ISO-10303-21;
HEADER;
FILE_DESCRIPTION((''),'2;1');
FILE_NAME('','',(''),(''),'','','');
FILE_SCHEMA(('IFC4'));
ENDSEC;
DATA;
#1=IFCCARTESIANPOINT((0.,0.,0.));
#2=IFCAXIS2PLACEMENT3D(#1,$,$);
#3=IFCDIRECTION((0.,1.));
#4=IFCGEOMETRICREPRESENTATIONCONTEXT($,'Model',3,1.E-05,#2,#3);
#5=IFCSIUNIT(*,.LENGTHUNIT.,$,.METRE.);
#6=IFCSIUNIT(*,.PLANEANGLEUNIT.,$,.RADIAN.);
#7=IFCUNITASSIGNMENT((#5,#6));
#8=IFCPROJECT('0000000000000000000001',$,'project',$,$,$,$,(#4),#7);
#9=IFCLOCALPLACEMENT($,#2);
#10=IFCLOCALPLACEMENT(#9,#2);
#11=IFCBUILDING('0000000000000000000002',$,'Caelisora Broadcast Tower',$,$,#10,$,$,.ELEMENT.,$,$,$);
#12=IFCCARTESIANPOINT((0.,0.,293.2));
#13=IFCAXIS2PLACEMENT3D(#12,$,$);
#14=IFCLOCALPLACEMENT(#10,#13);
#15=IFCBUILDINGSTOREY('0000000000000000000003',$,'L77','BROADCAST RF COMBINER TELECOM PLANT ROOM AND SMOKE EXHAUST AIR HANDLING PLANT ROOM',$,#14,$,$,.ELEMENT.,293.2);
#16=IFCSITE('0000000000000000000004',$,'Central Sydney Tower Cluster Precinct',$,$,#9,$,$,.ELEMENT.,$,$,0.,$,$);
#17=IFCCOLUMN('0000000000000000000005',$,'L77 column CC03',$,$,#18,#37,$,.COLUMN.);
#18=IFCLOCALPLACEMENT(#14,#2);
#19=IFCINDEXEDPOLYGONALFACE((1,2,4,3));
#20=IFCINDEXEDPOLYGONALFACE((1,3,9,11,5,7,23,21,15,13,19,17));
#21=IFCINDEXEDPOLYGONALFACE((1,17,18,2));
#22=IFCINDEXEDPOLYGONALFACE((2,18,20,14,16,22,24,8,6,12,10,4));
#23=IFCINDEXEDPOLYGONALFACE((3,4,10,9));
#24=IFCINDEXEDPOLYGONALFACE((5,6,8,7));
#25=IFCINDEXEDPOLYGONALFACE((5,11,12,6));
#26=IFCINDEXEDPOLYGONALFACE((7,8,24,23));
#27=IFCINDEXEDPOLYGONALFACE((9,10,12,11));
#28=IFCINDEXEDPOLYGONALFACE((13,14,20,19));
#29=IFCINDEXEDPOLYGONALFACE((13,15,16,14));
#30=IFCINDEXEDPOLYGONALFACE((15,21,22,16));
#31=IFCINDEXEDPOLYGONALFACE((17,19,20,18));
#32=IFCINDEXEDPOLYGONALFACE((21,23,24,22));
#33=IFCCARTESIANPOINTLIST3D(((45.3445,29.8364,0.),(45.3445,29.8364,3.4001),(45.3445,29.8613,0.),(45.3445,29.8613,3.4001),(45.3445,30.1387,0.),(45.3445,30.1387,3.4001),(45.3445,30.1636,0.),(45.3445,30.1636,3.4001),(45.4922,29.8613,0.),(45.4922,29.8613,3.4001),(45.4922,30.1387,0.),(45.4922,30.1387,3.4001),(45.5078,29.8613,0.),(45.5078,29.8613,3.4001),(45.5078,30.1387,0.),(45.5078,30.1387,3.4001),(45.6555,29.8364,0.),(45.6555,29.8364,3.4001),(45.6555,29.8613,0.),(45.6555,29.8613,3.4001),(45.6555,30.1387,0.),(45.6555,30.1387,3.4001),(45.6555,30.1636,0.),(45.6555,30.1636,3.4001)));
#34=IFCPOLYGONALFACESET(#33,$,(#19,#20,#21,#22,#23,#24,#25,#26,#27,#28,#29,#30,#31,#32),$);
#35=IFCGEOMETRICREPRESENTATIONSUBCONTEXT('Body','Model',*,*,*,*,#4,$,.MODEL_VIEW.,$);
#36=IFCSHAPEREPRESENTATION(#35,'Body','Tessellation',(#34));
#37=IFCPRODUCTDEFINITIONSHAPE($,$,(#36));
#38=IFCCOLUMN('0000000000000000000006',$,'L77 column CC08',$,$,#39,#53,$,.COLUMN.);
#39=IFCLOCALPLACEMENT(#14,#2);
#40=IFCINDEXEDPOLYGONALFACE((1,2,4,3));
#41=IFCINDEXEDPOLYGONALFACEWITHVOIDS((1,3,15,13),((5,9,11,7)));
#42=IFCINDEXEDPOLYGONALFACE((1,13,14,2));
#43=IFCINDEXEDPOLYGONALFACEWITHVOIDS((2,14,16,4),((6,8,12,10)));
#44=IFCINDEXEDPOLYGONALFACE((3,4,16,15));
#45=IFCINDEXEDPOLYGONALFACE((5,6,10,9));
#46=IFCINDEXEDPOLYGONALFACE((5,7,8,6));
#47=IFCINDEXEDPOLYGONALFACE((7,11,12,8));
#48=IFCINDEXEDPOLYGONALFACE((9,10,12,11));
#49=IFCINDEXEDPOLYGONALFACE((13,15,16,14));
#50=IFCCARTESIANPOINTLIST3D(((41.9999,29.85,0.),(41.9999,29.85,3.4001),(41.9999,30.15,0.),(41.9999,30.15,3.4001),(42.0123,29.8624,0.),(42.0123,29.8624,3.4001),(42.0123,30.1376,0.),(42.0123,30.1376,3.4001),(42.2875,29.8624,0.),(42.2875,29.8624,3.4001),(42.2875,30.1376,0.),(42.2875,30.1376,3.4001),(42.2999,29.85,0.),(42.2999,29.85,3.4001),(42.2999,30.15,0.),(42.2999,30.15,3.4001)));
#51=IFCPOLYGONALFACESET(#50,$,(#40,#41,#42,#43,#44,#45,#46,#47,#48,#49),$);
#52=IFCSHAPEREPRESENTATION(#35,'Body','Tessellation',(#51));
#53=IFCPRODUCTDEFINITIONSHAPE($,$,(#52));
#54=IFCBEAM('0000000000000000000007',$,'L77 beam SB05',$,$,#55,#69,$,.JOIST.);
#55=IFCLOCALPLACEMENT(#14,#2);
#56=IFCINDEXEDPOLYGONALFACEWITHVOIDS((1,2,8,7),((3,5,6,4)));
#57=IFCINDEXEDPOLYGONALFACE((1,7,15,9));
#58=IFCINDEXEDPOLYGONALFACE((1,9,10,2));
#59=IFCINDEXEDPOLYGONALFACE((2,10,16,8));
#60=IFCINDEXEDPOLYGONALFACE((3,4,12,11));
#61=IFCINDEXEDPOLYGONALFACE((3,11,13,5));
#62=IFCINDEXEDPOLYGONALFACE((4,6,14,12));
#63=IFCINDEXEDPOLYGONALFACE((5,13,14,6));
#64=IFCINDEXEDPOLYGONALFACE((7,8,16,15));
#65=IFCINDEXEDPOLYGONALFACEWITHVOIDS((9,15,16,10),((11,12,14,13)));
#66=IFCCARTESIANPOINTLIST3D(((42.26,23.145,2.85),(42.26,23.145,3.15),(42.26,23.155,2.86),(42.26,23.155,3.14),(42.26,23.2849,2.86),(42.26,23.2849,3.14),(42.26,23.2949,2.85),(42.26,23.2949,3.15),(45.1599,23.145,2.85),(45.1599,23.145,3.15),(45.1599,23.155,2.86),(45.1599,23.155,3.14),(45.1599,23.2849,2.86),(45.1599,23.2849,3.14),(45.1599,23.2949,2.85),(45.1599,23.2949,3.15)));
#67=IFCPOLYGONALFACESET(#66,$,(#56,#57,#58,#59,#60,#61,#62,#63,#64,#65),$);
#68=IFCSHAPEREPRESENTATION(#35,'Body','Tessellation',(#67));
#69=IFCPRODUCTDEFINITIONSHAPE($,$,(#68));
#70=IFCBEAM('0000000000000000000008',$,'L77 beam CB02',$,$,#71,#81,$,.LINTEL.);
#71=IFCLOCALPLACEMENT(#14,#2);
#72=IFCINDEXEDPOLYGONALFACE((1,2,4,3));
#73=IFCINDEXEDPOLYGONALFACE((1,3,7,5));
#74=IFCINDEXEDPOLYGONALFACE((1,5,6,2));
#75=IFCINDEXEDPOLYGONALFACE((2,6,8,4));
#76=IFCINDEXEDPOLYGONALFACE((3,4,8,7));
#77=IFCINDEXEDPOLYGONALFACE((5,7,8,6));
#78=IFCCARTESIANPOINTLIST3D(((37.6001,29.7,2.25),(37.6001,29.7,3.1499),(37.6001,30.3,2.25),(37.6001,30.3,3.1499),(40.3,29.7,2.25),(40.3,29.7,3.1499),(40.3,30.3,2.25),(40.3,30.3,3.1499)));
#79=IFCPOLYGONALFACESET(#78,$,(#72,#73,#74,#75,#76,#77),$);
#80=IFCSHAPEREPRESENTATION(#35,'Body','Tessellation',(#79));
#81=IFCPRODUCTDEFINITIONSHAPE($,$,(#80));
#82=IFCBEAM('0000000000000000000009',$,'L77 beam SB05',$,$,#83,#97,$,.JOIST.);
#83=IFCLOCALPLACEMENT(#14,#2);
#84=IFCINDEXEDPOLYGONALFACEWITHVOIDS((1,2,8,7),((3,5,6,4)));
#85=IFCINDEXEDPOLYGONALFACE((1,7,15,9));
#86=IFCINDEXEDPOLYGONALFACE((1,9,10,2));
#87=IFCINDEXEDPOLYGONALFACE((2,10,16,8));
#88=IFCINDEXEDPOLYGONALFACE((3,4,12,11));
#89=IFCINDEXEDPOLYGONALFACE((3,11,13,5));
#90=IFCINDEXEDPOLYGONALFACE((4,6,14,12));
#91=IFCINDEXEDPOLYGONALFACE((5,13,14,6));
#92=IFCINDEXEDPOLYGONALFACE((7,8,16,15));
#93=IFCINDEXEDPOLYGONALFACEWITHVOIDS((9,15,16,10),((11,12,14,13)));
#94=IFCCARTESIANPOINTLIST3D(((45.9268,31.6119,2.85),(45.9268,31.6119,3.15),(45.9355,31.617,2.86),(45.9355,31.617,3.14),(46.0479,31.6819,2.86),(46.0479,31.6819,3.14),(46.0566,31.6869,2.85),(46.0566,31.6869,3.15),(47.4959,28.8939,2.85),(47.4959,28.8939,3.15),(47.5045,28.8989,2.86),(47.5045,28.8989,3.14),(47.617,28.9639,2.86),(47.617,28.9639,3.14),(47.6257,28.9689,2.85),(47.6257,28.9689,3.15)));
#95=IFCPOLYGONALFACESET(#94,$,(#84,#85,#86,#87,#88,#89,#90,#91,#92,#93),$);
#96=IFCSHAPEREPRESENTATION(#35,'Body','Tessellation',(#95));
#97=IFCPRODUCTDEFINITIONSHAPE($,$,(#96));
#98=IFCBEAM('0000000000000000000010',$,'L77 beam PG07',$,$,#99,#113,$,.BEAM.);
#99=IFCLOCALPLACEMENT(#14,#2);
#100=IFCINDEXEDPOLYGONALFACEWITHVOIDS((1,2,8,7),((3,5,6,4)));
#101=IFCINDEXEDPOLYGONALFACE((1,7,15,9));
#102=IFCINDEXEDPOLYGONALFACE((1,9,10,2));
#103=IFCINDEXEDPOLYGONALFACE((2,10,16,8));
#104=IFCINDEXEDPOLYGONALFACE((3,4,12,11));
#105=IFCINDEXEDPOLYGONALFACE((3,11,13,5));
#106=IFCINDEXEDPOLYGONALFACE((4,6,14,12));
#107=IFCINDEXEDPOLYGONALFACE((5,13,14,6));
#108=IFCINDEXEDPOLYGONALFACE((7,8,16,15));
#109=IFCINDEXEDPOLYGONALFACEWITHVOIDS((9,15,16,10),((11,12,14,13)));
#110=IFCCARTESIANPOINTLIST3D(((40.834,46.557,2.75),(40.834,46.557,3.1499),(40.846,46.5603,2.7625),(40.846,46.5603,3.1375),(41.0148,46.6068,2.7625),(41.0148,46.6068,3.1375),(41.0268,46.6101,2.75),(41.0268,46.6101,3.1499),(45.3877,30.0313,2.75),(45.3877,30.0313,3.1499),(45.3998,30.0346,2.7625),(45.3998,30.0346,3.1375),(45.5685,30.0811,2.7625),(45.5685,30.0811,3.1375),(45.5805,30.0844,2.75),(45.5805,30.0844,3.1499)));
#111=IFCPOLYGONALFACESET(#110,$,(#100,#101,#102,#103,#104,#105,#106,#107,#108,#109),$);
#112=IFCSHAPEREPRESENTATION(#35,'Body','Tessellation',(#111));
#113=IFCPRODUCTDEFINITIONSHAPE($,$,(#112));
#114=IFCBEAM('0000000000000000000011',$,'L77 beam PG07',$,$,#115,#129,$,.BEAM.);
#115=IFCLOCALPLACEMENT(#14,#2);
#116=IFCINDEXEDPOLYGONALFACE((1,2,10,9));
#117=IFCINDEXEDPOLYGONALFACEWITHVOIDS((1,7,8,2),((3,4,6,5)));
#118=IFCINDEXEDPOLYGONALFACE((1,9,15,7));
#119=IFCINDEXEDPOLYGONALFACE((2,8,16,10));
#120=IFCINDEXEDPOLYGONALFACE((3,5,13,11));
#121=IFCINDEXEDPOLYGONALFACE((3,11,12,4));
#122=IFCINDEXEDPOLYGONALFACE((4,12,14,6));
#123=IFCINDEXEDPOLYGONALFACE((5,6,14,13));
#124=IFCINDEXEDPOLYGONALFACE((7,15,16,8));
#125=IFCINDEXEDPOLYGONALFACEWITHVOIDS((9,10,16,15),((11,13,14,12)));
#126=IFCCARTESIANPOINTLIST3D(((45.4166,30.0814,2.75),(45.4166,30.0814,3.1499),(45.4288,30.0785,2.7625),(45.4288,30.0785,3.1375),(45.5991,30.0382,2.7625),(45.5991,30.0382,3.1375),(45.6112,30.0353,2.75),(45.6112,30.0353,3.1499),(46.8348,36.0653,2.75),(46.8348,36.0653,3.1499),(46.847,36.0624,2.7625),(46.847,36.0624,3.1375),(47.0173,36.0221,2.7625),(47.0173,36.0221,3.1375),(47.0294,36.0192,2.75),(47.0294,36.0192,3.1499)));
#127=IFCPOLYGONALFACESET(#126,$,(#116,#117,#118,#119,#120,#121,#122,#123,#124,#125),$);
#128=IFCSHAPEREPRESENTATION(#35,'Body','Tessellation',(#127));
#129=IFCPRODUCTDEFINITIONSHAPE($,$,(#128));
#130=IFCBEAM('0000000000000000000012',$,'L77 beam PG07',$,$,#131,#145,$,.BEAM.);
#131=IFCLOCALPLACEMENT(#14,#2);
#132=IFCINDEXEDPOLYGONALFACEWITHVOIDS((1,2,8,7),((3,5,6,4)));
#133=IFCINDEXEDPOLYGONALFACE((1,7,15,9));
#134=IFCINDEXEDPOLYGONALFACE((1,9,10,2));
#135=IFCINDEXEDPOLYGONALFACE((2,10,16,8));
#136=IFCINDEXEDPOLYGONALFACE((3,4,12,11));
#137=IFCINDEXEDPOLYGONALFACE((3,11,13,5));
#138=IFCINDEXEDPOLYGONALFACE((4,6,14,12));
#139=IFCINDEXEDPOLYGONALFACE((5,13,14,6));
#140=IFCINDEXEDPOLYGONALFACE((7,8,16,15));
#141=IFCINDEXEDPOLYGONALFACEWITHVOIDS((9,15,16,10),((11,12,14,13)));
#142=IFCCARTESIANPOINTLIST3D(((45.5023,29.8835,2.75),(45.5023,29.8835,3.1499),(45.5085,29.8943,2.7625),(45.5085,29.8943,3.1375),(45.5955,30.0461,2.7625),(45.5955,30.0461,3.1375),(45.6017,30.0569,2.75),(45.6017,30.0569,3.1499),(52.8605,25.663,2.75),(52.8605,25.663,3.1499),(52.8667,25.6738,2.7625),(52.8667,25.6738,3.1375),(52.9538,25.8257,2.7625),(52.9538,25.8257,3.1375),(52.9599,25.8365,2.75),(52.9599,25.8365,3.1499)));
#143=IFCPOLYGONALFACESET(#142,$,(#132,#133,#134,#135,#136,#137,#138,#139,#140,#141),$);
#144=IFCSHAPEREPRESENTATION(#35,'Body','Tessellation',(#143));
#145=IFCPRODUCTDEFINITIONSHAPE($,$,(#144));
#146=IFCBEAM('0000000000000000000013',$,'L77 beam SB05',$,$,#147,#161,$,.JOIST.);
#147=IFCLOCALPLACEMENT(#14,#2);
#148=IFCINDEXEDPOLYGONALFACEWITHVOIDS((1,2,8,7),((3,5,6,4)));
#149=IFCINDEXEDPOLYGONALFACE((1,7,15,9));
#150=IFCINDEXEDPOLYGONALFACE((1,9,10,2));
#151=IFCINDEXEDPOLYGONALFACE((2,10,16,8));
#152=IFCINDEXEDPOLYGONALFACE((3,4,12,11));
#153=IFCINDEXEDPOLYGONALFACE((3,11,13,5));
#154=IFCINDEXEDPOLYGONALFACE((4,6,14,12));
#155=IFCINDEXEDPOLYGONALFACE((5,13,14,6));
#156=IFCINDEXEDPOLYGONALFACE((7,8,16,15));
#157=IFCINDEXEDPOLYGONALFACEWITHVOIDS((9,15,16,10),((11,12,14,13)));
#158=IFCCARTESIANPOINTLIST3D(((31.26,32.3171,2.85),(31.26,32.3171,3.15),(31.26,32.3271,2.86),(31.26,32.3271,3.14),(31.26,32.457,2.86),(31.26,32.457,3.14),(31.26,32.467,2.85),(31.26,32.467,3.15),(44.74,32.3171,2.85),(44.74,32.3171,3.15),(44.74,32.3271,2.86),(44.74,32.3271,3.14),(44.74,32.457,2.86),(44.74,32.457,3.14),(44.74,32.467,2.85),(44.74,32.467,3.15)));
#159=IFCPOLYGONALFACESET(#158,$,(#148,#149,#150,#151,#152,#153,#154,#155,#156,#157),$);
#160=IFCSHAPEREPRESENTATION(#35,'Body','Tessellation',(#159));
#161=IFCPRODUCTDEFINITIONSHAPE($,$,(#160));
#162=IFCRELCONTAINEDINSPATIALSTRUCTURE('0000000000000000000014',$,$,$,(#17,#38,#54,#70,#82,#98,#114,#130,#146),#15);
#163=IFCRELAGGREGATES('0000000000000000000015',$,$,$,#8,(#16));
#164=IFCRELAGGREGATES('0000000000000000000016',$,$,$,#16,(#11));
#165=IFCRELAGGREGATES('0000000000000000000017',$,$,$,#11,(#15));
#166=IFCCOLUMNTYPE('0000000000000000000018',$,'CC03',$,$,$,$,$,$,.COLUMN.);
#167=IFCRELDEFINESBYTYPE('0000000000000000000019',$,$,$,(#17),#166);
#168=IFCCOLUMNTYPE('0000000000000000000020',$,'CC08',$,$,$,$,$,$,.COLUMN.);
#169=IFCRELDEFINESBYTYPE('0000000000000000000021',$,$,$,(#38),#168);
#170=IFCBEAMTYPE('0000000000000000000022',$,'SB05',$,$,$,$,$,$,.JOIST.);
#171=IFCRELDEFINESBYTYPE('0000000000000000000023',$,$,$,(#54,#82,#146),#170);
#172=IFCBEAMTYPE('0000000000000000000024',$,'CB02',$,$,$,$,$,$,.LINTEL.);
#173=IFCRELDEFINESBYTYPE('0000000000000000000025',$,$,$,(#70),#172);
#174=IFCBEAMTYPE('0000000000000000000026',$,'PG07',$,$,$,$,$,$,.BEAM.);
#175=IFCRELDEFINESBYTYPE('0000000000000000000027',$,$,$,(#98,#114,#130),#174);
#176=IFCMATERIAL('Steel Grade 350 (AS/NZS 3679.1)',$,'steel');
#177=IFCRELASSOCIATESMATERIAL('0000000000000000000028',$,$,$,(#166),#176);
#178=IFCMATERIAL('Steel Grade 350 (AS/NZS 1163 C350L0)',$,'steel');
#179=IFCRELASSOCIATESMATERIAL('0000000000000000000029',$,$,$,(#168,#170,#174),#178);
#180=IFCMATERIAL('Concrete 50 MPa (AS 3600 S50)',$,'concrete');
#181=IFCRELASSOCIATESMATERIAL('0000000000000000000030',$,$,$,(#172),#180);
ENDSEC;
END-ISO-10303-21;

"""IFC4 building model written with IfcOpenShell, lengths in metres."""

from ifc_helpers import new_model, si_unit, direction, frame, origin, origin_2d, place, context, subcontext, project, spatial, rectangle, hollow_rectangle, i_section, extrude, source, transform, mapped, material, material_profile, profile_set, type_object, type_shapes, element, save


model = new_model("IFC4")

# Units and contexts
model_context = context("Model", 3, precision=1e-05, world=origin(), true_north=direction((0.0, 1.0)))
body_context = subcontext(model_context, "Body", "Model", "MODEL_VIEW")
ifc_project = project(units=[si_unit("LENGTHUNIT", "METRE"), si_unit("PLANEANGLEUNIT", "RADIAN")], contexts=[model_context])

# Site, building, storey
site_placement = place(None, origin())
site = spatial("IfcSite", under=ifc_project, at=site_placement, Name="Central Sydney Tower Cluster Precinct", CompositionType="ELEMENT", RefElevation=0.0)
building_placement = place(site_placement, origin())
building = spatial("IfcBuilding", under=site, at=building_placement, Name="Caelisora Broadcast Tower", CompositionType="ELEMENT")
storey_placement = place(building_placement, frame((0.0, 0.0, 293.2)))
storey = spatial("IfcBuildingStorey", under=building, at=storey_placement, Name="L77", Description="BROADCAST RF COMBINER TELECOM PLANT ROOM AND SMOKE EXHAUST AIR HANDLING PLANT ROOM", CompositionType="ELEMENT", Elevation=293.2)

# Columns
ifc_material_1 = material(Name="Steel Grade 350 (AS/NZS 3679.1)", Category="steel")
ifc_material_profile_1 = material_profile(ifc_material_1, i_section(OverallWidth=0.311, OverallDepth=0.3271, WebThickness=0.0156, FlangeThickness=0.0249, at=origin_2d()), Name="Steel Grade 350 (AS/NZS 3679.1)")
ifc_profile_set_1 = profile_set([ifc_material_profile_1], Name="Steel Grade 350 (AS/NZS 3679.1)")
column_type_1 = type_object("IfcColumnType", Name="CC03", PredefinedType="COLUMN", material=ifc_profile_set_1)
shared_shape_1 = source(origin(), body_context, "Body", "SweptSolid", [
    extrude(i_section(OverallWidth=0.311, OverallDepth=0.3271, WebThickness=0.0156, FlangeThickness=0.0249, at=origin_2d()), origin(), (0.0, 0.0, 1.0), 3.4001),
])
type_shapes(column_type_1, [shared_shape_1])
column_1_placement = place(storey_placement, frame((45.5, 30.0, 0.0), z_axis=(0.0, 0.0, 1.0), x_axis=(1.0, 0.0, 0.0)))
element("IfcColumn", 1, at=column_1_placement, inside=storey, type_object=column_type_1, Name="L77 column CC03", PredefinedType="COLUMN", context=body_context, shape_type="MappedRepresentation", body=[
    mapped(shared_shape_1, transform((0.0, 0.0, 0.0), scale=1.0)),
])
ifc_material_2 = material(Name="Steel Grade 350 (AS/NZS 1163 C350L0)", Category="steel")
ifc_material_profile_2 = material_profile(ifc_material_2, hollow_rectangle(XDim=0.3, YDim=0.3, WallThickness=0.0125, at=origin_2d()), Name="Steel Grade 350 (AS/NZS 1163 C350L0)")
ifc_profile_set_2 = profile_set([ifc_material_profile_2], Name="Steel Grade 350 (AS/NZS 1163 C350L0)")
column_type_2 = type_object("IfcColumnType", Name="CC08", PredefinedType="COLUMN", material=ifc_profile_set_2)
shared_shape_2 = source(origin(), body_context, "Body", "SweptSolid", [
    extrude(hollow_rectangle(XDim=0.3, YDim=0.3, WallThickness=0.0125, at=origin_2d()), origin(), (0.0, 0.0, 1.0), 3.4001),
])
type_shapes(column_type_2, [shared_shape_2])
column_2_placement = place(storey_placement, frame((42.1499, 30.0, 0.0), z_axis=(0.0, 0.0, 1.0), x_axis=(1.0, 0.0, 0.0)))
element("IfcColumn", 2, at=column_2_placement, inside=storey, type_object=column_type_2, Name="L77 column CC08", PredefinedType="COLUMN", context=body_context, shape_type="MappedRepresentation", body=[
    mapped(shared_shape_2, transform((0.0, 0.0, 0.0), scale=1.0)),
])

# Beams
ifc_material_profile_3 = material_profile(ifc_material_2, hollow_rectangle(XDim=0.1499, YDim=0.3, WallThickness=0.01, at=origin_2d()), Name="Steel Grade 350 (AS/NZS 1163 C350L0)")
ifc_profile_set_3 = profile_set([ifc_material_profile_3], Name="Steel Grade 350 (AS/NZS 1163 C350L0)")
beam_type_1 = type_object("IfcBeamType", Name="SB05", PredefinedType="JOIST", material=ifc_profile_set_3)
shared_shape_3 = source(origin(), body_context, "Body", "SweptSolid", [
    extrude(hollow_rectangle(XDim=0.1499, YDim=0.3, WallThickness=0.01, at=origin_2d()), origin(), (0.0, 0.0, 1.0), 2.8999),
])
beam_1_placement = place(storey_placement, frame((42.26, 23.22, 3.0), z_axis=(1.0, 0.0, 0.0), x_axis=(0.0, 1.0, 0.0)))
element("IfcBeam", 3, at=beam_1_placement, inside=storey, type_object=beam_type_1, Name="L77 beam SB05", PredefinedType="JOIST", context=body_context, shape_type="MappedRepresentation", body=[
    mapped(shared_shape_3, transform((0.0, 0.0, 0.0), scale=1.0)),
])
ifc_material_3 = material(Name="Concrete 50 MPa (AS 3600 S50)", Category="concrete")
ifc_material_profile_4 = material_profile(ifc_material_3, rectangle(XDim=0.6001, YDim=0.8999, at=origin_2d()), Name="Concrete 50 MPa (AS 3600 S50)")
ifc_profile_set_4 = profile_set([ifc_material_profile_4], Name="Concrete 50 MPa (AS 3600 S50)")
beam_type_2 = type_object("IfcBeamType", Name="CB02", PredefinedType="LINTEL", material=ifc_profile_set_4)
shared_shape_4 = source(origin(), body_context, "Body", "SweptSolid", [
    extrude(rectangle(XDim=0.6001, YDim=0.8999, at=origin_2d()), origin(), (0.0, 0.0, 1.0), 2.7),
])
type_shapes(beam_type_2, [shared_shape_4])
beam_2_placement = place(storey_placement, frame((37.6001, 30.0, 2.7), z_axis=(1.0, 0.0, 0.0), x_axis=(0.0, 1.0, 0.0)))
element("IfcBeam", 4, at=beam_2_placement, inside=storey, type_object=beam_type_2, Name="L77 beam CB02", PredefinedType="LINTEL", context=body_context, shape_type="MappedRepresentation", body=[
    mapped(shared_shape_4, transform((0.0, 0.0, 0.0), scale=1.0)),
])
shared_shape_5 = source(origin(), body_context, "Body", "SweptSolid", [
    extrude(hollow_rectangle(XDim=0.1499, YDim=0.3, WallThickness=0.01, at=origin_2d()), origin(), (0.0, 0.0, 1.0), 3.1384),
])
beam_3_placement = place(storey_placement, frame((47.5608, 28.9314, 3.0), z_axis=(-0.499963, 0.866047, 0.0), x_axis=(-0.866047, -0.499963, 0.0)))
element("IfcBeam", 5, at=beam_3_placement, inside=storey, type_object=beam_type_1, Name="L77 beam SB05", PredefinedType="JOIST", context=body_context, shape_type="MappedRepresentation", body=[
    mapped(shared_shape_5, transform((0.0, 0.0, 0.0), scale=1.0)),
])
ifc_material_profile_5 = material_profile(ifc_material_2, hollow_rectangle(XDim=0.2, YDim=0.3999, WallThickness=0.0125, at=origin_2d()), Name="Steel Grade 350 (AS/NZS 1163 C350L0)")
ifc_profile_set_5 = profile_set([ifc_material_profile_5], Name="Steel Grade 350 (AS/NZS 1163 C350L0)")
beam_type_3 = type_object("IfcBeamType", Name="PG07", PredefinedType="BEAM", material=ifc_profile_set_5)
shared_shape_6 = source(origin(), body_context, "Body", "SweptSolid", [
    extrude(hollow_rectangle(XDim=0.2, YDim=0.3999, WallThickness=0.0125, at=origin_2d()), origin(), (0.0, 0.0, 1.0), 17.1416),
])
beam_4_placement = place(storey_placement, frame((45.4841, 30.0579, 2.95), z_axis=(-0.265653, 0.964069, 0.0), x_axis=(-0.964069, -0.265653, 0.0)))
element("IfcBeam", 6, at=beam_4_placement, inside=storey, type_object=beam_type_3, Name="L77 beam PG07", PredefinedType="BEAM", context=body_context, shape_type="MappedRepresentation", body=[
    mapped(shared_shape_6, transform((0.0, 0.0, 0.0), scale=1.0)),
])
shared_shape_7 = source(origin(), body_context, "Body", "SweptSolid", [
    extrude(hollow_rectangle(XDim=0.2, YDim=0.3999, WallThickness=0.0125, at=origin_2d()), origin(), (0.0, 0.0, 1.0), 6.1497),
])
beam_5_placement = place(storey_placement, frame((45.5139, 30.0583, 2.95), z_axis=(0.230617, 0.973045, 0.0), x_axis=(-0.973045, 0.230617, 0.0)))
element("IfcBeam", 7, at=beam_5_placement, inside=storey, type_object=beam_type_3, Name="L77 beam PG07", PredefinedType="BEAM", context=body_context, shape_type="MappedRepresentation", body=[
    mapped(shared_shape_7, transform((0.0, 0.0, 0.0), scale=1.0)),
])
shared_shape_8 = source(origin(), body_context, "Body", "SweptSolid", [
    extrude(hollow_rectangle(XDim=0.2, YDim=0.3999, WallThickness=0.0125, at=origin_2d()), origin(), (0.0, 0.0, 1.0), 8.4827),
])
type_shapes(beam_type_3, [shared_shape_6, shared_shape_7, shared_shape_8])
beam_6_placement = place(storey_placement, frame((45.552, 29.9702, 2.95), z_axis=(0.86744, -0.497542, 0.0), x_axis=(0.497542, 0.86744, 0.0)))
element("IfcBeam", 8, at=beam_6_placement, inside=storey, type_object=beam_type_3, Name="L77 beam PG07", PredefinedType="BEAM", context=body_context, shape_type="MappedRepresentation", body=[
    mapped(shared_shape_8, transform((0.0, 0.0, 0.0), scale=1.0)),
])
shared_shape_9 = source(origin(), body_context, "Body", "SweptSolid", [
    extrude(hollow_rectangle(XDim=0.1499, YDim=0.3, WallThickness=0.01, at=origin_2d()), origin(), (0.0, 0.0, 1.0), 13.48),
])
beam_7_placement = place(storey_placement, frame((44.74, 32.3921, 3.0), z_axis=(-1.0, 0.0, 0.0), x_axis=(0.0, -1.0, 0.0)))
element("IfcBeam", 9, at=beam_7_placement, inside=storey, type_object=beam_type_1, Name="L77 beam SB05", PredefinedType="JOIST", context=body_context, shape_type="MappedRepresentation", body=[
    mapped(shared_shape_9, transform((0.0, 0.0, 0.0), scale=1.0)),
])

save(model, "model.ifc")
